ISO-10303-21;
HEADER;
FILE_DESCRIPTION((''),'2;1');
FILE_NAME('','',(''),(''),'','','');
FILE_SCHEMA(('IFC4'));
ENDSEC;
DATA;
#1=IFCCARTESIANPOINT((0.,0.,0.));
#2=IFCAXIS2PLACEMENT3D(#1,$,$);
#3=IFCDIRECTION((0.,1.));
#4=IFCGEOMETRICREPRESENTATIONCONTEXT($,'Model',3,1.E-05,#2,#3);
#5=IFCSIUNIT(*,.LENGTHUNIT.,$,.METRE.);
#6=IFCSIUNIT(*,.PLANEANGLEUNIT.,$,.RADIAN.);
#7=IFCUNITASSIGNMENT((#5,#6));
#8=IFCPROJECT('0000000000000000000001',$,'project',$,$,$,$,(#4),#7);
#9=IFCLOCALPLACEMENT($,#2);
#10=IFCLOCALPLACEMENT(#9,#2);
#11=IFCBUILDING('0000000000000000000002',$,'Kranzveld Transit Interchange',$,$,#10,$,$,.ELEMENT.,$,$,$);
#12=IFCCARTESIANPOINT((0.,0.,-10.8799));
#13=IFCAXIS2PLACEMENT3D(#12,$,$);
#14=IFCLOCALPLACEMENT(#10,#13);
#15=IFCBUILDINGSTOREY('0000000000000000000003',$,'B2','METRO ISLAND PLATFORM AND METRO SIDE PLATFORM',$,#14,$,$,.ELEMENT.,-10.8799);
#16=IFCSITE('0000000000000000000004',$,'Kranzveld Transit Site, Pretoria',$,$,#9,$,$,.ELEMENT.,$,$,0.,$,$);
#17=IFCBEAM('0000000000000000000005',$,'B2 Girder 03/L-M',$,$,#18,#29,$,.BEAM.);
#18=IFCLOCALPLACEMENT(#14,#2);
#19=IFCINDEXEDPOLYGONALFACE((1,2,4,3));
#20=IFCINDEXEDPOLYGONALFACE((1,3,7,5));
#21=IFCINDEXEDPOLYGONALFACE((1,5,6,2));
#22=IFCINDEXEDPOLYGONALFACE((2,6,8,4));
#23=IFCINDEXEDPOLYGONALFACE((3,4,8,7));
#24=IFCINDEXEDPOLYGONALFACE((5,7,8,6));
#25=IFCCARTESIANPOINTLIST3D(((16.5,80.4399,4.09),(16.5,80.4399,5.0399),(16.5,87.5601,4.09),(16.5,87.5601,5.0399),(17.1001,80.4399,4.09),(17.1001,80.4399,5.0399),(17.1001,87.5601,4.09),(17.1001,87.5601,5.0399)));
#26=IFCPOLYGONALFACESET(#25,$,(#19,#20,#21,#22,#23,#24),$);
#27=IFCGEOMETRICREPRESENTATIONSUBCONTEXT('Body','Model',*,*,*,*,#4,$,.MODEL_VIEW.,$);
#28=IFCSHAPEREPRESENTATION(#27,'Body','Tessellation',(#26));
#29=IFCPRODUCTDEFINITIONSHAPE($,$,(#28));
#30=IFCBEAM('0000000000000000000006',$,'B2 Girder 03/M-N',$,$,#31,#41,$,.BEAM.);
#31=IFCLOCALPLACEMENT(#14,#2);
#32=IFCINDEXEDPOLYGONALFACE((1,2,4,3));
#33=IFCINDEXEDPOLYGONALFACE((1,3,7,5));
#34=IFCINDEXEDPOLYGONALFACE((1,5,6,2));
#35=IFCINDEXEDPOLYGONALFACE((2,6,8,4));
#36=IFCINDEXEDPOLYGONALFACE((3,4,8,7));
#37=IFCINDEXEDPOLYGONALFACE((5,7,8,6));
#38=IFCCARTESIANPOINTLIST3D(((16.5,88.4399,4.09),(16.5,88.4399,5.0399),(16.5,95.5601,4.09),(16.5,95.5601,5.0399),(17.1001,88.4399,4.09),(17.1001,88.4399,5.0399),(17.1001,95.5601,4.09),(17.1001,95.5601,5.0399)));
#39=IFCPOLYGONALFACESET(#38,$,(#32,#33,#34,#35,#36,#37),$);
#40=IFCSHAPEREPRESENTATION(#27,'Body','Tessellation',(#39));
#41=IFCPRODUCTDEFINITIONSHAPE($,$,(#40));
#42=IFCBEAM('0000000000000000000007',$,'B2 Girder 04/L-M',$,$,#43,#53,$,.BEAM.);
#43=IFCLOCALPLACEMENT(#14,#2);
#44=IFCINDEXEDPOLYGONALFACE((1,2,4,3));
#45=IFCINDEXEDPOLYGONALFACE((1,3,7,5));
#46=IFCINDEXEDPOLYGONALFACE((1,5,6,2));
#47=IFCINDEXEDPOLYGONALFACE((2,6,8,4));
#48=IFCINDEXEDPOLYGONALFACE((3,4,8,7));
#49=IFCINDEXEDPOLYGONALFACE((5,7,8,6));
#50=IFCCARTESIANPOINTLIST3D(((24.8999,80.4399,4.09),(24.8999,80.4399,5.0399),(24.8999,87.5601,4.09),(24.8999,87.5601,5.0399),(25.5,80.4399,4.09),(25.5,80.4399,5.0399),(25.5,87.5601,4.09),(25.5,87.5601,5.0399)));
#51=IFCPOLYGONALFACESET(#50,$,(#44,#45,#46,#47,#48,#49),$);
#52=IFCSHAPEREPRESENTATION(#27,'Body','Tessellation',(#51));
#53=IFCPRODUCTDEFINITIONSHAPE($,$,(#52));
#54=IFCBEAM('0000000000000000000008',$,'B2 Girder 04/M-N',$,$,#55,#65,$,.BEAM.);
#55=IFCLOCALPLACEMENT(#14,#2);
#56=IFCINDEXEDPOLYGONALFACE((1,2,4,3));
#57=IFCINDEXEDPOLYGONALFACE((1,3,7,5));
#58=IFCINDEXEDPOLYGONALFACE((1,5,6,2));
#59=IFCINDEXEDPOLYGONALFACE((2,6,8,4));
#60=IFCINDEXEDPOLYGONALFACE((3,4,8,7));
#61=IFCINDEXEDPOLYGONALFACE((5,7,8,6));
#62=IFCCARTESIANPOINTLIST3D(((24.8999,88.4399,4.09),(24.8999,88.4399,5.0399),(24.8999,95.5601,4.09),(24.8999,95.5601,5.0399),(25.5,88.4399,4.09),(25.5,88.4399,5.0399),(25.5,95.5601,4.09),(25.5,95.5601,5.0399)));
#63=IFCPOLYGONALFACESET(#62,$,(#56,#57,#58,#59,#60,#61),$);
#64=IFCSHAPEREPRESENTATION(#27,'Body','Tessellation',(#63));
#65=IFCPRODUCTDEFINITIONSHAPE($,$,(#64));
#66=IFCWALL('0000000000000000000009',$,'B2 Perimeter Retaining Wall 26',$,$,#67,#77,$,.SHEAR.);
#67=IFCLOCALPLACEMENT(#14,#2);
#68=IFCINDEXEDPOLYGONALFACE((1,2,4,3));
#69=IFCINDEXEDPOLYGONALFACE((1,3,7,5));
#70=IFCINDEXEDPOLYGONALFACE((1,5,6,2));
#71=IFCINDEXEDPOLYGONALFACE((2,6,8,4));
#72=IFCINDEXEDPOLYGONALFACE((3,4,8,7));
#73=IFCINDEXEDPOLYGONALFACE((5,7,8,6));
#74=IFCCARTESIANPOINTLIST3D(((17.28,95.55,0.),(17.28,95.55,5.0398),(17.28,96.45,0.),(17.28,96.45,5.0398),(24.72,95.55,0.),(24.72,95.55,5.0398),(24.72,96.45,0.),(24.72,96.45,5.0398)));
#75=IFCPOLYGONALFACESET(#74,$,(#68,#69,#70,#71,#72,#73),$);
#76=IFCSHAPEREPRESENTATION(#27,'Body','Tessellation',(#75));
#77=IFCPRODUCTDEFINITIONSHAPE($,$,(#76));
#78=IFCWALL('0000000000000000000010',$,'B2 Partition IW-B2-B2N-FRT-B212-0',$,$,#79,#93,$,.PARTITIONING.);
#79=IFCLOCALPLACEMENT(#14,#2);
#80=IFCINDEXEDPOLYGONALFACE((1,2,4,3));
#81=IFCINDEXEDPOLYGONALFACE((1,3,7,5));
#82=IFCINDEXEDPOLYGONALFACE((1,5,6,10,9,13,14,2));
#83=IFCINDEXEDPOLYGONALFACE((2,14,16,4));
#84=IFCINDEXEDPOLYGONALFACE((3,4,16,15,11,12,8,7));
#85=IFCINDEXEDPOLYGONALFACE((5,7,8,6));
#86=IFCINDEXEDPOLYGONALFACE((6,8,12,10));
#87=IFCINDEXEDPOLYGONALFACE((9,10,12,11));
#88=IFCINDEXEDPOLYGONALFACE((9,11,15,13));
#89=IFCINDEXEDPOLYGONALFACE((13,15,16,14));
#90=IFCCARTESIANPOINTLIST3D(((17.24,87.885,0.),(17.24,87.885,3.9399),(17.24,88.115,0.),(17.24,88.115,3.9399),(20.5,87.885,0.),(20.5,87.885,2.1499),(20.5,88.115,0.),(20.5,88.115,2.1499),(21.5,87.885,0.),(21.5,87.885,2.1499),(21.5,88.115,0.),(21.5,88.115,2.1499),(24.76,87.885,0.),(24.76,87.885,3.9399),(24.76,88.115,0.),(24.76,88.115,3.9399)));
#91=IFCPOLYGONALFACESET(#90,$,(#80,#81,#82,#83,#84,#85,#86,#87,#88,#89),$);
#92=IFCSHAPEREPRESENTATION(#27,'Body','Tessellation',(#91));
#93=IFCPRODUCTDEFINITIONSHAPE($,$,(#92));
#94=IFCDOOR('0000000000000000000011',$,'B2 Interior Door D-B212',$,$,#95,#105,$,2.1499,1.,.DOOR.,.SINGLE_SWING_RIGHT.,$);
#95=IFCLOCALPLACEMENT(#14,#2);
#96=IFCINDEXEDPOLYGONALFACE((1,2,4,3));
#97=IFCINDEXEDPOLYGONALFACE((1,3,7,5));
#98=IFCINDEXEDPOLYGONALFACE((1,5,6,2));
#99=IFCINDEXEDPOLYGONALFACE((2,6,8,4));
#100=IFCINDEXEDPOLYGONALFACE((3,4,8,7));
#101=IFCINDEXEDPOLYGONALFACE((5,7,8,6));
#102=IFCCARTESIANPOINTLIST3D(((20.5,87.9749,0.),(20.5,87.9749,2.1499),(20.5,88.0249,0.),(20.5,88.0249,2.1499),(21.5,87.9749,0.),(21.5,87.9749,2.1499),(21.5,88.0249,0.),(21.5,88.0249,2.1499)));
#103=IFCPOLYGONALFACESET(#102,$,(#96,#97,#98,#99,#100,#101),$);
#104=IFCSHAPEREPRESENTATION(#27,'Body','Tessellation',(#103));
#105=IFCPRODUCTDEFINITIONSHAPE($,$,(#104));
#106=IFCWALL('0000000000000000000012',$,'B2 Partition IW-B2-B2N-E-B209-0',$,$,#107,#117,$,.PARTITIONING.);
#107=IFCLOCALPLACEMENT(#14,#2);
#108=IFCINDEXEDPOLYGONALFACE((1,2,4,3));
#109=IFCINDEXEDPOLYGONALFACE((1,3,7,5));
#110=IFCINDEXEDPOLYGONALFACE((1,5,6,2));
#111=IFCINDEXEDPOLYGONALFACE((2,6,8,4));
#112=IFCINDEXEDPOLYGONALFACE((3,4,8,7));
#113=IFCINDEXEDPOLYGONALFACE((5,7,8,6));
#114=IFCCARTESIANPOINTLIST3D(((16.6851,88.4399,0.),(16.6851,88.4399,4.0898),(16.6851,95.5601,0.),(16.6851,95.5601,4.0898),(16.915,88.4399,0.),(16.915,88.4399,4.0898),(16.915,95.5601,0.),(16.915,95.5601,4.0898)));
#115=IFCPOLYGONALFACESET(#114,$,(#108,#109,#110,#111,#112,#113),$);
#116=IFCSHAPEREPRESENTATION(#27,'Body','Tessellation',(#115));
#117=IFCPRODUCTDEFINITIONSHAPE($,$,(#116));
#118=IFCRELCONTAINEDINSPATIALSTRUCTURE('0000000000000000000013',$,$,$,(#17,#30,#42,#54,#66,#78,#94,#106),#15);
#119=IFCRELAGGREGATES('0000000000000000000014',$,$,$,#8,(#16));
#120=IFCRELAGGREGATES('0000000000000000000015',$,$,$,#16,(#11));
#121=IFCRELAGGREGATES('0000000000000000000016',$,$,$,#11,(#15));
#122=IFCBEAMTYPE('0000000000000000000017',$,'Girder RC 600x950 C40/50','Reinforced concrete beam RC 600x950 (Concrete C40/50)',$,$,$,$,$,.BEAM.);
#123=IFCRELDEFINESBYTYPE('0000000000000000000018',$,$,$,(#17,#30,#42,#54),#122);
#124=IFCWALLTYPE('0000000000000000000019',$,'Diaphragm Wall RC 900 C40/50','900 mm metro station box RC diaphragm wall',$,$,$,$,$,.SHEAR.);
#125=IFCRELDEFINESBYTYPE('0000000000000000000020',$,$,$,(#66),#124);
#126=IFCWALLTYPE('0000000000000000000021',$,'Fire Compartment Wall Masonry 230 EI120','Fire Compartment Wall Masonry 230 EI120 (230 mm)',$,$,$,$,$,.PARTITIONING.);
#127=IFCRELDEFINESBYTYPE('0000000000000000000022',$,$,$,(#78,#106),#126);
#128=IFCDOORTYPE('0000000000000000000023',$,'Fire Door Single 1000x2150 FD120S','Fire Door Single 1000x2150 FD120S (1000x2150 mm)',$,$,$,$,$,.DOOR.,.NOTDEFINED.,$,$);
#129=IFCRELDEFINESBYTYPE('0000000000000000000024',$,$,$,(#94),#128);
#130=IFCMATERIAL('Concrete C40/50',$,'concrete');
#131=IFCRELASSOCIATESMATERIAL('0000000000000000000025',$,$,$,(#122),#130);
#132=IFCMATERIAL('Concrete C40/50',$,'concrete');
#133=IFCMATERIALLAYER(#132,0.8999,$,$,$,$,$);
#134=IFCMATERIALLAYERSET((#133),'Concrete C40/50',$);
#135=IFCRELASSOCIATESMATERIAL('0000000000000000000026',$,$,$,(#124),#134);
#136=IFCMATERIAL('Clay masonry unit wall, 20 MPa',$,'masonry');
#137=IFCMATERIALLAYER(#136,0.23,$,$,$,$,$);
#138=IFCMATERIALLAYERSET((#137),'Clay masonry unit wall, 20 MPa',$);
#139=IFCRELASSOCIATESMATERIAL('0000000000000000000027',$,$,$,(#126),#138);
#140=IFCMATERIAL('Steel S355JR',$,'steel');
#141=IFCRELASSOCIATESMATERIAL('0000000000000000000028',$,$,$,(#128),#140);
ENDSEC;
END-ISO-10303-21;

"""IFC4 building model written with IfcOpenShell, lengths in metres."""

from ifc_helpers import new_model, si_unit, direction, frame, frame_2d, origin, origin_2d, place, context, subcontext, project, spatial, rectangle, extrude, material, layer, layer_set, material_profile, profile_set, type_object, element, fill, save


model = new_model("IFC4")

# Units and contexts
model_context = context("Model", 3, precision=1e-05, world=origin(), true_north=direction((0.0, 1.0)))
body_context = subcontext(model_context, "Body", "Model", "MODEL_VIEW")
ifc_project = project(units=[si_unit("LENGTHUNIT", "METRE"), si_unit("PLANEANGLEUNIT", "RADIAN")], contexts=[model_context])

# Site, building, storey
site_placement = place(None, origin())
site = spatial("IfcSite", under=ifc_project, at=site_placement, Name="Kranzveld Transit Site, Pretoria", CompositionType="ELEMENT", RefElevation=0.0)
building_placement = place(site_placement, origin())
building = spatial("IfcBuilding", under=site, at=building_placement, Name="Kranzveld Transit Interchange", CompositionType="ELEMENT")
storey_placement = place(building_placement, frame((0.0, 0.0, -10.8799)))
storey = spatial("IfcBuildingStorey", under=building, at=storey_placement, Name="B2", Description="METRO ISLAND PLATFORM AND METRO SIDE PLATFORM", CompositionType="ELEMENT", Elevation=-10.8799)

# Beams
ifc_material_1 = material(Name="Concrete C40/50", Category="concrete")
ifc_material_profile_1 = material_profile(ifc_material_1, rectangle(XDim=0.6001, YDim=0.95, at=origin_2d()), Name="RC 600x950")
ifc_profile_set_1 = profile_set([ifc_material_profile_1], Name="Concrete C40/50")
beam_type_1 = type_object("IfcBeamType", Name="Girder RC 600x950 C40/50", Description="Reinforced concrete beam RC 600x950 (Concrete C40/50)", PredefinedType="BEAM", material=ifc_profile_set_1)
for number, where, z_axis, x_axis, name in (
    (1, (16.8, 80.4399, 4.5649), (0.0, 1.0, 0.0), (-1.0, 0.0, 0.0), "B2 Girder 03/L-M"),
    (2, (16.8, 88.4399, 4.5649), (0.0, 1.0, 0.0), (-1.0, 0.0, 0.0), "B2 Girder 03/M-N"),
    (3, (25.2, 80.4399, 4.5649), (0.0, 1.0, 0.0), (-1.0, 0.0, 0.0), "B2 Girder 04/L-M"),
    (4, (25.2, 88.4399, 4.5649), (0.0, 1.0, 0.0), (-1.0, 0.0, 0.0), "B2 Girder 04/M-N"),
):
    element("IfcBeam", number, at=place(storey_placement, frame(where, z_axis=z_axis, x_axis=x_axis)), inside=storey, type_object=beam_type_1, Name=name, PredefinedType="BEAM", context=body_context, shape_type="SweptSolid", body=[
        extrude(rectangle(XDim=0.6001, YDim=0.95, at=origin_2d()), origin(), (0.0, 0.0, 1.0), 7.1201),
    ])

# Wall
ifc_material_2 = material(Name="Concrete C40/50", Category="concrete")
ifc_layer_1 = layer(ifc_material_2, 0.8999)
ifc_layer_set_1 = layer_set([ifc_layer_1], Name="Concrete C40/50")
wall_type_1 = type_object("IfcWallType", Name="Diaphragm Wall RC 900 C40/50", Description="900 mm metro station box RC diaphragm wall", PredefinedType="SHEAR", material=ifc_layer_set_1)
wall_1_placement = place(storey_placement, frame((17.28, 96.0, 0.0), z_axis=(0.0, 0.0, 1.0), x_axis=(1.0, 0.0, 0.0)))
element("IfcWall", 5, at=wall_1_placement, inside=storey, type_object=wall_type_1, Name="B2 Perimeter Retaining Wall 26", PredefinedType="SHEAR", context=body_context, shape_type="SweptSolid", body=[
    extrude(rectangle(XDim=7.4399, YDim=0.8999, at=frame_2d((3.72, 0.0))), origin(), (0.0, 0.0, 1.0), 5.0398),
])

# Wall, opening, door
ifc_material_3 = material(Name="Clay masonry unit wall, 20 MPa", Category="masonry")
ifc_layer_2 = layer(ifc_material_3, 0.23)
ifc_layer_set_2 = layer_set([ifc_layer_2], Name="Clay masonry unit wall, 20 MPa")
wall_type_2 = type_object("IfcWallType", Name="Fire Compartment Wall Masonry 230 EI120", Description="Fire Compartment Wall Masonry 230 EI120 (230 mm)", PredefinedType="PARTITIONING", material=ifc_layer_set_2)
wall_2_placement = place(storey_placement, frame((17.24, 88.0, 0.0), z_axis=(0.0, 0.0, 1.0), x_axis=(1.0, 0.0, 0.0)))
wall_2 = element("IfcWall", 6, at=wall_2_placement, inside=storey, type_object=wall_type_2, Name="B2 Partition IW-B2-B2N-FRT-B212-0", PredefinedType="PARTITIONING", context=body_context, shape_type="SweptSolid", body=[
    extrude(rectangle(XDim=7.52, YDim=0.23, at=frame_2d((3.76, 0.0))), origin(), (0.0, 0.0, 1.0), 3.9399),
])
opening_placement = place(wall_2_placement, frame((3.26, 0.0, 0.0), z_axis=(0.0, 0.0, 1.0), x_axis=(1.0, 0.0, 0.0)))
opening = element("IfcOpeningElement", 7, at=opening_placement, cuts=wall_2, PredefinedType="OPENING", context=body_context, shape_type="SweptSolid", body=[
    extrude(rectangle(XDim=1.0, YDim=2.1499, at=frame_2d((0.5, 1.075))), frame((0.0, 0.125, 0.0), z_axis=(0.0, -1.0, 0.0), x_axis=(1.0, 0.0, 0.0)), (0.0, 0.0, 1.0), 0.25),
])
ifc_material_4 = material(Name="Steel S355JR", Category="steel")
door_type = type_object("IfcDoorType", Name="Fire Door Single 1000x2150 FD120S", Description="Fire Door Single 1000x2150 FD120S (1000x2150 mm)", OperationType="NOTDEFINED", PredefinedType="DOOR", material=ifc_material_4)
door_placement = place(opening_placement, origin())
door = element("IfcDoor", 8, at=door_placement, inside=storey, type_object=door_type, Name="B2 Interior Door D-B212", OperationType="SINGLE_SWING_RIGHT", OverallHeight=2.1499, OverallWidth=1.0, PredefinedType="DOOR", context=body_context, shape_type="SweptSolid", body=[
    extrude(rectangle(XDim=1.0, YDim=2.1499, at=frame_2d((0.5, 1.075))), frame((0.0, 0.0249, 0.0), z_axis=(0.0, -1.0, 0.0), x_axis=(1.0, 0.0, 0.0)), (0.0, 0.0, 1.0), 0.05),
])
fill(opening, door)

# Wall
wall_3_placement = place(storey_placement, frame((16.8, 88.4399, 0.0), z_axis=(0.0, 0.0, 1.0), x_axis=(0.0, 1.0, 0.0)))
element("IfcWall", 9, at=wall_3_placement, inside=storey, type_object=wall_type_2, Name="B2 Partition IW-B2-B2N-E-B209-0", PredefinedType="PARTITIONING", context=body_context, shape_type="SweptSolid", body=[
    extrude(rectangle(XDim=7.1201, YDim=0.23, at=frame_2d((3.5601, 0.0))), origin(), (0.0, 0.0, 1.0), 4.0898),
])

save(model, "model.ifc")
